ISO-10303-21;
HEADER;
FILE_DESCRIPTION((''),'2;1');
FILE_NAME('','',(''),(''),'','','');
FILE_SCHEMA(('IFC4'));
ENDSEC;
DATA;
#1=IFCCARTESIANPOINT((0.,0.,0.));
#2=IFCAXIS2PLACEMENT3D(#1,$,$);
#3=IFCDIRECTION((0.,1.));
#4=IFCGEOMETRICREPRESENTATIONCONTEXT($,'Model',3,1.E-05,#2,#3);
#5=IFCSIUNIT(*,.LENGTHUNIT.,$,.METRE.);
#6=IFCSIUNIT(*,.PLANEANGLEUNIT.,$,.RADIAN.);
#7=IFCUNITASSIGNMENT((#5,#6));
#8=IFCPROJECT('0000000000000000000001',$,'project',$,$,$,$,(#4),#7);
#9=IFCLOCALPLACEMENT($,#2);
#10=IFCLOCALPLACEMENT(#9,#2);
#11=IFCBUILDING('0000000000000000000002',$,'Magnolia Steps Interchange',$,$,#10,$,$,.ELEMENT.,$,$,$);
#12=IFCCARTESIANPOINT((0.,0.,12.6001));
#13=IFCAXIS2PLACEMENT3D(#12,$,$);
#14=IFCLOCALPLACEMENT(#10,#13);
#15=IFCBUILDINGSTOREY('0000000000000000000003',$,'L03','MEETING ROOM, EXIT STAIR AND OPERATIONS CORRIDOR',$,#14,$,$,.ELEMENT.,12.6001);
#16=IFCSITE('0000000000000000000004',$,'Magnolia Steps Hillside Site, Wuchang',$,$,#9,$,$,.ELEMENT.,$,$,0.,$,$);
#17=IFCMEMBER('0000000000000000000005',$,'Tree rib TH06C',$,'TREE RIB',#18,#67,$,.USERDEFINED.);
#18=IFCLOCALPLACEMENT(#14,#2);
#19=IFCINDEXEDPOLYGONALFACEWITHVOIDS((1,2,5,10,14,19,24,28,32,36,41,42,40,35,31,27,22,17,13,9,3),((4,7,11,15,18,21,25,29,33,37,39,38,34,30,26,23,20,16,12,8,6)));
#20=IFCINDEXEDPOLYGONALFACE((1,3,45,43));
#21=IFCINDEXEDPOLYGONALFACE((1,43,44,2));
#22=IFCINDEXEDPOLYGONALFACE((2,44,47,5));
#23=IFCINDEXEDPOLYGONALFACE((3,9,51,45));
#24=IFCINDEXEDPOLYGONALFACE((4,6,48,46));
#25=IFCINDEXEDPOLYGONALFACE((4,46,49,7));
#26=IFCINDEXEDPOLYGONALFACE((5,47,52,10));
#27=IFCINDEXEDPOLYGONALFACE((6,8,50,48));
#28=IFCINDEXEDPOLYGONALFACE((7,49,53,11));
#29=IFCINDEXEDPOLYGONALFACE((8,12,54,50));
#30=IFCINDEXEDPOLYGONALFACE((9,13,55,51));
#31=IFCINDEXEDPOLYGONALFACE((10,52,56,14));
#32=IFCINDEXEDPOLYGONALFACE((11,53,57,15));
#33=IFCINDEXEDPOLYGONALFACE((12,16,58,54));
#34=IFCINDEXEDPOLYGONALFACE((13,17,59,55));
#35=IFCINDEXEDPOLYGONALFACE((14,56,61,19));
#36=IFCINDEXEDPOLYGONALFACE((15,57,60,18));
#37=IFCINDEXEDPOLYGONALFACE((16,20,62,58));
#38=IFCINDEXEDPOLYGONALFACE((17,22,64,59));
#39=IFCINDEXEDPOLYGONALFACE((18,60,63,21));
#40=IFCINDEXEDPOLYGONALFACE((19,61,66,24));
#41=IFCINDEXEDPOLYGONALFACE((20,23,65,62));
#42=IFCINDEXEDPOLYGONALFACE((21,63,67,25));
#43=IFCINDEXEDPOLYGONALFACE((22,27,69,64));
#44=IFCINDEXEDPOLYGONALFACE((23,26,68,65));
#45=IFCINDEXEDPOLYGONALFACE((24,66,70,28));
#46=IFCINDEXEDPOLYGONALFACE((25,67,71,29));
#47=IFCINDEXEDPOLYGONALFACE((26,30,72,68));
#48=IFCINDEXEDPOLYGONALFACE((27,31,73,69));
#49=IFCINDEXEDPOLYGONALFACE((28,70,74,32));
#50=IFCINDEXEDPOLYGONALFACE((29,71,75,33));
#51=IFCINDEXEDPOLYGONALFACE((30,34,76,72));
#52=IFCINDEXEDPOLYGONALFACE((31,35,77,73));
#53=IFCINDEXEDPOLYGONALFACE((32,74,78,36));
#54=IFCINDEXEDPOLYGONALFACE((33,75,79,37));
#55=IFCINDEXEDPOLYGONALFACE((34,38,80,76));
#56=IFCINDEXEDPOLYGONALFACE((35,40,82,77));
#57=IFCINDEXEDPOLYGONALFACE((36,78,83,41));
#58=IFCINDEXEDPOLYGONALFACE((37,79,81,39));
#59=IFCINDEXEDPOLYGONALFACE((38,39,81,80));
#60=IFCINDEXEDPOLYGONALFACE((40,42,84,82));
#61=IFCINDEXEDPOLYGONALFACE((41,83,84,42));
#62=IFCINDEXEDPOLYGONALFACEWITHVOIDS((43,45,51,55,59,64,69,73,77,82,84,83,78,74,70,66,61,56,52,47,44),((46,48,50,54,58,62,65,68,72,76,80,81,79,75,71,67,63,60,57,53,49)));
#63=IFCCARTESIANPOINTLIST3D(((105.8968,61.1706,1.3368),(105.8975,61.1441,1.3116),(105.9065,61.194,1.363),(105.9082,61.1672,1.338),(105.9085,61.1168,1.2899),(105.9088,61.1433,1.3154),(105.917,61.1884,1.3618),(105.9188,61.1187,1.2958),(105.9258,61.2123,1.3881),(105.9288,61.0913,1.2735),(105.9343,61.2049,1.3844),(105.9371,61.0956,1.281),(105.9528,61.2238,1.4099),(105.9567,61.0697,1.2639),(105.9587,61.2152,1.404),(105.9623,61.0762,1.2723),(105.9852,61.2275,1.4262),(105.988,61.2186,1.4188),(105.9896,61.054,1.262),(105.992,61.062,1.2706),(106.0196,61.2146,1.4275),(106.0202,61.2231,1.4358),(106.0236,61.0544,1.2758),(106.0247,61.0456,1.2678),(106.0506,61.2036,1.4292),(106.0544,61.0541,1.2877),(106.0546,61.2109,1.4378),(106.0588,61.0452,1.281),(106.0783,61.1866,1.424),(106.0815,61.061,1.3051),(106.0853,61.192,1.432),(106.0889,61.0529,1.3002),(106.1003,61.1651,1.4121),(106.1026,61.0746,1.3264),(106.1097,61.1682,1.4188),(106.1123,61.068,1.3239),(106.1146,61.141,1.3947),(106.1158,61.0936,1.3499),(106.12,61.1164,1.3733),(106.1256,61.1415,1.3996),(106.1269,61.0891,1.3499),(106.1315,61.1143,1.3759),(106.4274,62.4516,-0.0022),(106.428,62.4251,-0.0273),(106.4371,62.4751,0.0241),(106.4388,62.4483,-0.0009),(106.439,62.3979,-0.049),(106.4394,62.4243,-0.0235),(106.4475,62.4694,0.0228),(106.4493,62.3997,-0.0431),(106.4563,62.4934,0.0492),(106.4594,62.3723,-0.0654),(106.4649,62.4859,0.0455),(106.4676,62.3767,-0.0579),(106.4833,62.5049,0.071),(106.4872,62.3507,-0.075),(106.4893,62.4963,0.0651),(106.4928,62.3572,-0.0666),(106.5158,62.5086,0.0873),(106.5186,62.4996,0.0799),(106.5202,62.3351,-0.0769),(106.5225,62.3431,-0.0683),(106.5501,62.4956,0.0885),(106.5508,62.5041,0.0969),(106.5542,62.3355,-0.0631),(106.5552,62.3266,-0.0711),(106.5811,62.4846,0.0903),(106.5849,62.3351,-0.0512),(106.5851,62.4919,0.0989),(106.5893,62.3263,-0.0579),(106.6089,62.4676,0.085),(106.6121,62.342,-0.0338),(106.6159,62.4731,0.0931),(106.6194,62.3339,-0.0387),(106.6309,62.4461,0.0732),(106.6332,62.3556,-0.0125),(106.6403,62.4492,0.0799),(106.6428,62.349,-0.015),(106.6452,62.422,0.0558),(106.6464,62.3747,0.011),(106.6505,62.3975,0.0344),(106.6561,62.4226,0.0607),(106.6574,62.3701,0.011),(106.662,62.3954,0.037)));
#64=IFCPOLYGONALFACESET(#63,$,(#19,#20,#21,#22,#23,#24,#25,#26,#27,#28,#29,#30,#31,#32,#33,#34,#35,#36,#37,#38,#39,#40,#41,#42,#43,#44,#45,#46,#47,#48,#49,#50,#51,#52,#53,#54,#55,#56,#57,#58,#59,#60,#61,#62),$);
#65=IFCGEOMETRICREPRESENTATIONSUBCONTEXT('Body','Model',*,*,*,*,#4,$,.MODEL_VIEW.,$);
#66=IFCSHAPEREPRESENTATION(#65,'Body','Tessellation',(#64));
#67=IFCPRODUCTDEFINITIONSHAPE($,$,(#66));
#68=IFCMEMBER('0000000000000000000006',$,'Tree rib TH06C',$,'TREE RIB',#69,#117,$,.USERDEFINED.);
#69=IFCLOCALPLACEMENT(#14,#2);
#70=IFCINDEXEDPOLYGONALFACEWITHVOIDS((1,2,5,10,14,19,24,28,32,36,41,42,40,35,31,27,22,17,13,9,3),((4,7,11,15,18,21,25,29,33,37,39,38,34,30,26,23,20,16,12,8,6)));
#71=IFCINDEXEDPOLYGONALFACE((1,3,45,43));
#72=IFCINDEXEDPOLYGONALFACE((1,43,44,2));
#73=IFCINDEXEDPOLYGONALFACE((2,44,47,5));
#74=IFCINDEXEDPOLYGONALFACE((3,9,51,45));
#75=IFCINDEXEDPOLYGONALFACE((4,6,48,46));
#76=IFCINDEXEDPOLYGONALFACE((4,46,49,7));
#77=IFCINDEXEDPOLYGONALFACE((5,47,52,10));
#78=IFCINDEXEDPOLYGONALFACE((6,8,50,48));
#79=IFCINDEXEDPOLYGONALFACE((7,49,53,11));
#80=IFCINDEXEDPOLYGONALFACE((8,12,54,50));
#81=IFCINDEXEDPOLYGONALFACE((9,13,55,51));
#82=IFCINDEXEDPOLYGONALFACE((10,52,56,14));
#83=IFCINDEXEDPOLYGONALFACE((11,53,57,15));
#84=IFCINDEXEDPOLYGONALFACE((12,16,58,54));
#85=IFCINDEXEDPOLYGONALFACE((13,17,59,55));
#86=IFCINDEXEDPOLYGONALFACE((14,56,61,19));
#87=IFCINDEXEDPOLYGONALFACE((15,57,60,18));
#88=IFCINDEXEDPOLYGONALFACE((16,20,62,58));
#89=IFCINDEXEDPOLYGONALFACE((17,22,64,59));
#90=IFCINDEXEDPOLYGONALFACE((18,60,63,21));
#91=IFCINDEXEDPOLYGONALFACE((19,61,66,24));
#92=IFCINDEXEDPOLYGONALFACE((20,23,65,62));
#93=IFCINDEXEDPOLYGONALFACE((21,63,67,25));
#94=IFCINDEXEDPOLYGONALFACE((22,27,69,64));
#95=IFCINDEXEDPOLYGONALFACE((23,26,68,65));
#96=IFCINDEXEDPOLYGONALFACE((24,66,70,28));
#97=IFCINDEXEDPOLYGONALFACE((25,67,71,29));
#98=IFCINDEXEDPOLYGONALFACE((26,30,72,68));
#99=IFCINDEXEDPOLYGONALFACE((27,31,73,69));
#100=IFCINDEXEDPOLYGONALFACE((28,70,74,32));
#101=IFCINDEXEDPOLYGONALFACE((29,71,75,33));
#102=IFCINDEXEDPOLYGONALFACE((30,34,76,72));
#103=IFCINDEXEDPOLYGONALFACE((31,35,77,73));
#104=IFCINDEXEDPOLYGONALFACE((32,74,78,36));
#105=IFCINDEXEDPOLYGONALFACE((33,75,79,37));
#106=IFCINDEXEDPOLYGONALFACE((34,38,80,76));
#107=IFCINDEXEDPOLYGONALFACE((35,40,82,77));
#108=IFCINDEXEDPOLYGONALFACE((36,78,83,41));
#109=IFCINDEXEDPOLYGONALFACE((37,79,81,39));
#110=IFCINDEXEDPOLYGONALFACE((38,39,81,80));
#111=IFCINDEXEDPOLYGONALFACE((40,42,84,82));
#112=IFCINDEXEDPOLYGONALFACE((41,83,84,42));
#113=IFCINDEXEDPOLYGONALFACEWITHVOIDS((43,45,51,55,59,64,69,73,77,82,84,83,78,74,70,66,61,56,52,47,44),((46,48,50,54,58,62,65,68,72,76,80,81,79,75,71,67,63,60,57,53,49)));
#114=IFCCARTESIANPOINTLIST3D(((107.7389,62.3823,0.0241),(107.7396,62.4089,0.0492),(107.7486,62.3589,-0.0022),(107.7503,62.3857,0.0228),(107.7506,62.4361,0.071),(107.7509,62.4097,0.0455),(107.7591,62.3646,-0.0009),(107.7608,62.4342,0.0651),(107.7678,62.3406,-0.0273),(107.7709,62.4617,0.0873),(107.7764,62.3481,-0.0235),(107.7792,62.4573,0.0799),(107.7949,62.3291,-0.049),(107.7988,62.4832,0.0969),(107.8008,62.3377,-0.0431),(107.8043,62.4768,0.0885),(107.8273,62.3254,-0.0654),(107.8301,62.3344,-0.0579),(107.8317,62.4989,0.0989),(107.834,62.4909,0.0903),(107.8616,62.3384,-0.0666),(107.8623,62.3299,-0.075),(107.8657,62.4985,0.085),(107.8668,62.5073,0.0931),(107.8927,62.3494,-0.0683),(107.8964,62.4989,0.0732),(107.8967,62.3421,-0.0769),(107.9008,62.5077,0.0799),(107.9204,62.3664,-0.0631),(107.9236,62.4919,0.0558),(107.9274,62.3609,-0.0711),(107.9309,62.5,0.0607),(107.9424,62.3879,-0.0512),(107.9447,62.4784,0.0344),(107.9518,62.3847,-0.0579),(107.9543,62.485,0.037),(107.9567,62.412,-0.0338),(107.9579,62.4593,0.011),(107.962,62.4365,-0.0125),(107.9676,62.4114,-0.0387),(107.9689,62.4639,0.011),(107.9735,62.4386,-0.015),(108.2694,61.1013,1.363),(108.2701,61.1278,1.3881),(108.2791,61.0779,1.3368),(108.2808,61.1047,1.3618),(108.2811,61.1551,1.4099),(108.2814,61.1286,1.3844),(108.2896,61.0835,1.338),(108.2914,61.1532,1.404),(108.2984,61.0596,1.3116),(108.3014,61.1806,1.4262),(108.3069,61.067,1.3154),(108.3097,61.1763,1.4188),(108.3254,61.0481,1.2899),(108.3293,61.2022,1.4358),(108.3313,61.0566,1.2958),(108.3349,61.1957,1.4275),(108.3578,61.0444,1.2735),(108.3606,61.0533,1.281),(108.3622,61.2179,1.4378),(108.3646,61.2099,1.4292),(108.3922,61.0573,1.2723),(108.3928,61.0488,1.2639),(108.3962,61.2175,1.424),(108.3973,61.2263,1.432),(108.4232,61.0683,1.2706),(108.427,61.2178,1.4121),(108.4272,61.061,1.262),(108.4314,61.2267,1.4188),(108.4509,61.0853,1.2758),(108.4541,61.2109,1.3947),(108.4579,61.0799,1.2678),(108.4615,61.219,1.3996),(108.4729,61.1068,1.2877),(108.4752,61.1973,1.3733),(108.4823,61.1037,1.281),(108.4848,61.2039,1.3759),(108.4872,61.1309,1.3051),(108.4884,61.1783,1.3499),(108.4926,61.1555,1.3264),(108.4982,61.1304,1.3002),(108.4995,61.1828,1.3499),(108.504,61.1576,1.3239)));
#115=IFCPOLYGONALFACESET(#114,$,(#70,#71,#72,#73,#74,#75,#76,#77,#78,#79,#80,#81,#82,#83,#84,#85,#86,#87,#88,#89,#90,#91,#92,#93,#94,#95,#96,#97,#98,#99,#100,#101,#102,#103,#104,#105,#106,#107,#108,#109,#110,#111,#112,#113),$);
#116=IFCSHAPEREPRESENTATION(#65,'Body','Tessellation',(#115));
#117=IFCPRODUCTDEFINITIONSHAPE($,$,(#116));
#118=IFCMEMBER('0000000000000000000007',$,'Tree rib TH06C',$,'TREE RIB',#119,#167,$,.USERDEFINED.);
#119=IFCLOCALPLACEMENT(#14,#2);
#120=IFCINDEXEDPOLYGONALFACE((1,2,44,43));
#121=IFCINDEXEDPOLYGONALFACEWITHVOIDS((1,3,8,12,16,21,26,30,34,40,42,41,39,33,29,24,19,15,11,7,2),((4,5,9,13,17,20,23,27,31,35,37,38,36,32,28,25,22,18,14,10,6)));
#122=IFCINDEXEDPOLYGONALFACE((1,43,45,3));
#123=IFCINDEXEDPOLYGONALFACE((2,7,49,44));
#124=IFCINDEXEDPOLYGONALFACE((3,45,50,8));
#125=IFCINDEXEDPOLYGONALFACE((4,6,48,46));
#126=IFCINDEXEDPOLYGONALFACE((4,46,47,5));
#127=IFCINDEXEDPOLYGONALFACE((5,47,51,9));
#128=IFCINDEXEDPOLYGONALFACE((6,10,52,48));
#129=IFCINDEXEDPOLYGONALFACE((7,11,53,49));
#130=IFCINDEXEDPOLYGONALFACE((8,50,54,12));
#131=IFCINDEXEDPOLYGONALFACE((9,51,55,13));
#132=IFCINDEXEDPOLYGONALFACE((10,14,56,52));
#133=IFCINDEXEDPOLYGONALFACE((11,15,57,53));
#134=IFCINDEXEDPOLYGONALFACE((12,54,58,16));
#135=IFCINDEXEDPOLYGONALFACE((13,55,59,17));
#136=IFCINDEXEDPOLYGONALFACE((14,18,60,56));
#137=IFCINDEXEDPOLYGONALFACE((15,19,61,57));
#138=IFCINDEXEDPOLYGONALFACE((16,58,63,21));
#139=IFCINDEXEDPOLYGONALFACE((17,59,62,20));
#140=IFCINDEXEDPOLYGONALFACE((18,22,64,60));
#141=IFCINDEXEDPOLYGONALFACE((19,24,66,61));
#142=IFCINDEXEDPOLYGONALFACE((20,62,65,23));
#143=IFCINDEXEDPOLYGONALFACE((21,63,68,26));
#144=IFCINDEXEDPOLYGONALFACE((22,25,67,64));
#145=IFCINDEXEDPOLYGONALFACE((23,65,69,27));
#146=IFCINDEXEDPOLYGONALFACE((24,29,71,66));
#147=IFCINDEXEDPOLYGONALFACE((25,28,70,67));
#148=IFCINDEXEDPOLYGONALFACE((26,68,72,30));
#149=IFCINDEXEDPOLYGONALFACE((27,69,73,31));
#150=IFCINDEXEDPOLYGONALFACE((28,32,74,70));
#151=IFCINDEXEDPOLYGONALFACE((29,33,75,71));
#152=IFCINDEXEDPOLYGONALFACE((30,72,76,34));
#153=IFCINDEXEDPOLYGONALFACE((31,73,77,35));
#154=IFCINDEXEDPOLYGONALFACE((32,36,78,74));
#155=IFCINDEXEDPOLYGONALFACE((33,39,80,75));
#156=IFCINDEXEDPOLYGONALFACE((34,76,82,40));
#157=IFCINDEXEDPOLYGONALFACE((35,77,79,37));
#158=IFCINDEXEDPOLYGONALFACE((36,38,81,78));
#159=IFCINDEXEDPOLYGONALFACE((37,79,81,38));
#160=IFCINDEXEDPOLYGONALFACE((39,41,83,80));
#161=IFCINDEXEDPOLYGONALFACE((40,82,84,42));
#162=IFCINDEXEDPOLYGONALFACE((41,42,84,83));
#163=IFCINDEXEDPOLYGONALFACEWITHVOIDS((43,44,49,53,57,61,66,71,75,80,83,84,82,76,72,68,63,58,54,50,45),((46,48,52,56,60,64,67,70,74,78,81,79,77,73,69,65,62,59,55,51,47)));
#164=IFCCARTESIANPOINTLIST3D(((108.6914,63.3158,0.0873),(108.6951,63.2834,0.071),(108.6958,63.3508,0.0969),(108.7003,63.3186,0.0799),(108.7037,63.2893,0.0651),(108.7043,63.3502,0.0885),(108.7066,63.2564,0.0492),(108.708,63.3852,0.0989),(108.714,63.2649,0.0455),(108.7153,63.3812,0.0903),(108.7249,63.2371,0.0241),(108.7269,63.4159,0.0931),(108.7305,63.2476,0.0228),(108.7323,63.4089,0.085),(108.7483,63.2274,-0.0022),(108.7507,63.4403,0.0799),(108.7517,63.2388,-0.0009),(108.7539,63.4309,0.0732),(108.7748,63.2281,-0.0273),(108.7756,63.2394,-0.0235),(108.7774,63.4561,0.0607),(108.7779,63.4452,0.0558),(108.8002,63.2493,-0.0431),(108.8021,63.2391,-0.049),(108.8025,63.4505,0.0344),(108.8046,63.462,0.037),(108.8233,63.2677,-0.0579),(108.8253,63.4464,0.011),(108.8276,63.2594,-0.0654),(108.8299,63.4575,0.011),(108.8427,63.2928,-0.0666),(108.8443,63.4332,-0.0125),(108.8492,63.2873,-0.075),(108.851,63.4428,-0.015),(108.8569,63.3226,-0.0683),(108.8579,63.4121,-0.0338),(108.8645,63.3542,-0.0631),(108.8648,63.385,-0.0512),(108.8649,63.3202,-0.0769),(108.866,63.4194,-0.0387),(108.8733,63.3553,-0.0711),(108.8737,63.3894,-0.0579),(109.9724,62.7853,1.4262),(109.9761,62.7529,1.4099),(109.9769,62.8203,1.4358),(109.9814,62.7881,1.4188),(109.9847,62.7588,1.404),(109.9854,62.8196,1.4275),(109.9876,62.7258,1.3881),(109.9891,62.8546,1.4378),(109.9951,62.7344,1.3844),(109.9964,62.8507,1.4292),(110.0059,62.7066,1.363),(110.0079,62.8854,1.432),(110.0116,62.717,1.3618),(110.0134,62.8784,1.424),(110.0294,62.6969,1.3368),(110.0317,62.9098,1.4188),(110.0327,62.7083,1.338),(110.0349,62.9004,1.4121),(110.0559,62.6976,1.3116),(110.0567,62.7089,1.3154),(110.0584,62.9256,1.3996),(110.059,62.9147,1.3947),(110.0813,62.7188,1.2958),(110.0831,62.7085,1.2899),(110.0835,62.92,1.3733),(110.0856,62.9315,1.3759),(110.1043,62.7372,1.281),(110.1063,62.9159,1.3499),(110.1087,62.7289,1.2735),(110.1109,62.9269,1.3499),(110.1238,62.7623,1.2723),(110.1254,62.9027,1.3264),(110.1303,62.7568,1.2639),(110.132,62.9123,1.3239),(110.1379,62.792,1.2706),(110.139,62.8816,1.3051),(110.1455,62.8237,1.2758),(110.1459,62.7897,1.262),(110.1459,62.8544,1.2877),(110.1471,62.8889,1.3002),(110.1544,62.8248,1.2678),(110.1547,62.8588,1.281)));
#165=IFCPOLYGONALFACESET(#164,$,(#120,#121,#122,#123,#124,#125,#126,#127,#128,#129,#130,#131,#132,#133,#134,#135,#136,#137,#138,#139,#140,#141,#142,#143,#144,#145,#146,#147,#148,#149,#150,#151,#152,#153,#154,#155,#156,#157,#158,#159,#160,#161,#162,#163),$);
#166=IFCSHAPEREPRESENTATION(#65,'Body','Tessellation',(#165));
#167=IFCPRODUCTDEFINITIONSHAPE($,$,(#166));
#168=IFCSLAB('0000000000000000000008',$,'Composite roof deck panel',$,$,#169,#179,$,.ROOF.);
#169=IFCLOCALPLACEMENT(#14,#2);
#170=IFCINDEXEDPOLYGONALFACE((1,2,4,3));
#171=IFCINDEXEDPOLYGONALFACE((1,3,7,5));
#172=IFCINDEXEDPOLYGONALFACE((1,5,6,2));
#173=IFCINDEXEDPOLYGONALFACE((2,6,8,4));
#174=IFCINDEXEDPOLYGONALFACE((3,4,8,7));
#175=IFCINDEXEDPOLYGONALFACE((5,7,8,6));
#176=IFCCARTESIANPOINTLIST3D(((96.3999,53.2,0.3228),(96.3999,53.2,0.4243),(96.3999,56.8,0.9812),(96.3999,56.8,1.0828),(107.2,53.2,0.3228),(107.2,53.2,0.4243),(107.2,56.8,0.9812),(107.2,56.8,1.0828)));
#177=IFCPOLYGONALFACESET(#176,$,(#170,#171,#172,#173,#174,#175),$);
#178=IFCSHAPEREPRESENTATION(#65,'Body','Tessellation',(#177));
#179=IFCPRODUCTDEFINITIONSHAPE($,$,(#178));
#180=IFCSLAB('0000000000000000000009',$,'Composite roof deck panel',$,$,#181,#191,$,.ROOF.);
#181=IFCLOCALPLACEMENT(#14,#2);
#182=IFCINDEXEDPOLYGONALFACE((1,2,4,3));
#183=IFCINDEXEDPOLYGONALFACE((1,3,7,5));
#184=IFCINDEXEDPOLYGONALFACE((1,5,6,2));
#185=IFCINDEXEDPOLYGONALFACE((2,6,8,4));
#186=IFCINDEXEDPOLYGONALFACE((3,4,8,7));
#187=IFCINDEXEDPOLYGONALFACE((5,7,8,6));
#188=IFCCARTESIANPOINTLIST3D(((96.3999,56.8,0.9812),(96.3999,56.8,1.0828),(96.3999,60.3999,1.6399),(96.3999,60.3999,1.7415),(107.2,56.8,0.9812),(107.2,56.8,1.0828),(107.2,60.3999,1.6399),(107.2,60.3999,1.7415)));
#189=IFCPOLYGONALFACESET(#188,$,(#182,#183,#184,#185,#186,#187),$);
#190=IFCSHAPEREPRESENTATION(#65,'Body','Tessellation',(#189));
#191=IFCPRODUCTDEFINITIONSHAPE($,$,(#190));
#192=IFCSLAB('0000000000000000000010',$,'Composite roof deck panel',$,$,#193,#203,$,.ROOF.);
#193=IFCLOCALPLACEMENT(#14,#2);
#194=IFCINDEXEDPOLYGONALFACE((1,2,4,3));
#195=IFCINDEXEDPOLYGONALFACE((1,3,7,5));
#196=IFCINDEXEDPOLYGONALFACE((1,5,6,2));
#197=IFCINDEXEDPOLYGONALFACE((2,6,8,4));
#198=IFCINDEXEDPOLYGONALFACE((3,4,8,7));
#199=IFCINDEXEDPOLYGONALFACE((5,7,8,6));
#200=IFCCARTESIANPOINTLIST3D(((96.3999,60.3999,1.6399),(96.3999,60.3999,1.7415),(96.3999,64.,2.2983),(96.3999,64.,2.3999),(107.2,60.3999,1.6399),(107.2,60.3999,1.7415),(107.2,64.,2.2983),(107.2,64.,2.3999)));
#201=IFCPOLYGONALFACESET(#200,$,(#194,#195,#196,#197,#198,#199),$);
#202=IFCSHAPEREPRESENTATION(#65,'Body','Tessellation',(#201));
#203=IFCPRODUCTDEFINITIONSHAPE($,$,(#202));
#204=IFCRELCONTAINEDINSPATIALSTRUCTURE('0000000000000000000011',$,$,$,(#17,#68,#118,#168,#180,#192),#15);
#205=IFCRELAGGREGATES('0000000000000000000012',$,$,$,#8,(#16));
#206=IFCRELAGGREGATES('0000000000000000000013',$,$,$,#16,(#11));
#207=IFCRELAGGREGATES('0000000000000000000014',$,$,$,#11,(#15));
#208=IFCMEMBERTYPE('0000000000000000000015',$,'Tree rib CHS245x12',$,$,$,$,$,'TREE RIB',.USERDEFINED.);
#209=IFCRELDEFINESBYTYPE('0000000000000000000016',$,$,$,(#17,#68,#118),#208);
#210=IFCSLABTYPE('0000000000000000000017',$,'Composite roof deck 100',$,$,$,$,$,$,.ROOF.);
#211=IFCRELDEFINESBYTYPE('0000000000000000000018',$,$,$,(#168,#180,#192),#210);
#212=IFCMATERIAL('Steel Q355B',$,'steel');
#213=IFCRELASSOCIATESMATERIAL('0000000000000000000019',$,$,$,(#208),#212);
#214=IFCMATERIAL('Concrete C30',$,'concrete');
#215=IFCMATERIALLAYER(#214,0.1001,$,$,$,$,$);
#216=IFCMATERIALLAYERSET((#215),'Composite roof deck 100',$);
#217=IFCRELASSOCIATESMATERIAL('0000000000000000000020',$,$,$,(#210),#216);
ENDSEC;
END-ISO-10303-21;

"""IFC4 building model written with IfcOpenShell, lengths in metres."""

from ifc_helpers import new_model, si_unit, direction, frame, origin, origin_2d, place, context, subcontext, project, spatial, polyline, hollow_circle, outline, extrude, material, layer, layer_set, material_profile, profile_set, type_object, element, save


model = new_model("IFC4")

# Units and contexts
model_context = context("Model", 3, precision=1e-05, world=origin(), true_north=direction((0.0, 1.0)))
body_context = subcontext(model_context, "Body", "Model", "MODEL_VIEW")
ifc_project = project(units=[si_unit("LENGTHUNIT", "METRE"), si_unit("PLANEANGLEUNIT", "RADIAN")], contexts=[model_context])

# Site, building, storey
site_placement = place(None, origin())
site = spatial("IfcSite", under=ifc_project, at=site_placement, Name="Magnolia Steps Hillside Site, Wuchang", CompositionType="ELEMENT", RefElevation=0.0)
building_placement = place(site_placement, origin())
building = spatial("IfcBuilding", under=site, at=building_placement, Name="Magnolia Steps Interchange", CompositionType="ELEMENT")
storey_placement = place(building_placement, frame((0.0, 0.0, 12.6001)))
storey = spatial("IfcBuildingStorey", under=building, at=storey_placement, Name="L03", Description="MEETING ROOM, EXIT STAIR AND OPERATIONS CORRIDOR", CompositionType="ELEMENT", Elevation=12.6001)

# Members
ifc_material_1 = material(Name="Steel Q355B", Category="steel")
ifc_material_profile_1 = material_profile(ifc_material_1, hollow_circle(Radius=0.1226, WallThickness=0.012, at=origin_2d()), Name="CHS245x12")
ifc_profile_set_1 = profile_set([ifc_material_profile_1], Name="Steel Q355B")
member_type = type_object("IfcMemberType", Name="Tree rib CHS245x12", ElementType="TREE RIB", PredefinedType="USERDEFINED", material=ifc_profile_set_1)
for number, where, z_axis, x_axis, name in (
    (1, (106.5442, 62.417, 0.011), (-0.275246, -0.664618, 0.694638), (0.923903, -0.382627, 0.0), "Tree rib TH06C"),
    (2, (107.8557, 62.417, 0.011), (0.275246, -0.664618, 0.694638), (0.923903, 0.382627, 0.0), "Tree rib TH06C"),
    (3, (108.783, 63.3442, 0.011), (0.664618, -0.275246, 0.694638), (0.382627, 0.923903, 0.0), "Tree rib TH06C"),
):
    element("IfcMember", number, at=place(storey_placement, frame(where, z_axis=z_axis, x_axis=x_axis)), inside=storey, type_object=member_type, Name=name, ObjectType="TREE RIB", PredefinedType="USERDEFINED", context=body_context, shape_type="SweptSolid", body=[
        extrude(hollow_circle(Radius=0.1226, WallThickness=0.012, at=origin_2d()), origin(), (0.0, 0.0, 1.0), 1.9275),
    ])

# Slabs
ifc_material_2 = material(Name="Concrete C30", Category="concrete")
ifc_layer = layer(ifc_material_2, 0.1001)
ifc_layer_set = layer_set([ifc_layer], Name="Composite roof deck 100")
slab_type = type_object("IfcSlabType", Name="Composite roof deck 100", PredefinedType="ROOF", material=ifc_layer_set)
slab_1_placement = place(storey_placement, frame((107.2, 53.2, 0.4243), z_axis=(0.0, -0.179913, 0.983683), x_axis=(0.0, 0.983683, 0.179913)))
element("IfcSlab", 4, at=slab_1_placement, inside=storey, type_object=slab_type, Name="Composite roof deck panel", PredefinedType="ROOF", context=body_context, shape_type="SweptSolid", body=[
    extrude(outline(polyline([(0.0, 0.0), (3.6598, 0.0), (3.6598, 10.8), (0.0, 10.8), (0.0, 0.0)])), origin(), (-0.179913, 0.0, -0.983683), 0.1016),
])
slab_2_placement = place(storey_placement, frame((107.2, 56.8, 1.0828), z_axis=(0.0, -0.179989, 0.983669), x_axis=(0.0, 0.983669, 0.179989)))
element("IfcSlab", 5, at=slab_2_placement, inside=storey, type_object=slab_type, Name="Composite roof deck panel", PredefinedType="ROOF", context=body_context, shape_type="SweptSolid", body=[
    extrude(outline(polyline([(0.0, 0.0), (3.6596, 0.0), (3.6596, 10.8), (0.0, 10.8), (0.0, 0.0)])), origin(), (-0.179989, 0.0, -0.983669), 0.1016),
])
for number, where, z_axis, x_axis, name in (
    (6, (107.2, 60.3999, 1.7415), (0.0, -0.179913, 0.983683), (0.0, 0.983683, 0.179913), "Composite roof deck panel"),
):
    element("IfcSlab", number, at=place(storey_placement, frame(where, z_axis=z_axis, x_axis=x_axis)), inside=storey, type_object=slab_type, Name=name, PredefinedType="ROOF", context=body_context, shape_type="SweptSolid", body=[
        extrude(outline(polyline([(0.0, 0.0), (3.6598, 0.0), (3.6598, 10.8), (0.0, 10.8), (0.0, 0.0)])), origin(), (-0.179913, 0.0, -0.983683), 0.1016),
    ])

save(model, "model.ifc")
